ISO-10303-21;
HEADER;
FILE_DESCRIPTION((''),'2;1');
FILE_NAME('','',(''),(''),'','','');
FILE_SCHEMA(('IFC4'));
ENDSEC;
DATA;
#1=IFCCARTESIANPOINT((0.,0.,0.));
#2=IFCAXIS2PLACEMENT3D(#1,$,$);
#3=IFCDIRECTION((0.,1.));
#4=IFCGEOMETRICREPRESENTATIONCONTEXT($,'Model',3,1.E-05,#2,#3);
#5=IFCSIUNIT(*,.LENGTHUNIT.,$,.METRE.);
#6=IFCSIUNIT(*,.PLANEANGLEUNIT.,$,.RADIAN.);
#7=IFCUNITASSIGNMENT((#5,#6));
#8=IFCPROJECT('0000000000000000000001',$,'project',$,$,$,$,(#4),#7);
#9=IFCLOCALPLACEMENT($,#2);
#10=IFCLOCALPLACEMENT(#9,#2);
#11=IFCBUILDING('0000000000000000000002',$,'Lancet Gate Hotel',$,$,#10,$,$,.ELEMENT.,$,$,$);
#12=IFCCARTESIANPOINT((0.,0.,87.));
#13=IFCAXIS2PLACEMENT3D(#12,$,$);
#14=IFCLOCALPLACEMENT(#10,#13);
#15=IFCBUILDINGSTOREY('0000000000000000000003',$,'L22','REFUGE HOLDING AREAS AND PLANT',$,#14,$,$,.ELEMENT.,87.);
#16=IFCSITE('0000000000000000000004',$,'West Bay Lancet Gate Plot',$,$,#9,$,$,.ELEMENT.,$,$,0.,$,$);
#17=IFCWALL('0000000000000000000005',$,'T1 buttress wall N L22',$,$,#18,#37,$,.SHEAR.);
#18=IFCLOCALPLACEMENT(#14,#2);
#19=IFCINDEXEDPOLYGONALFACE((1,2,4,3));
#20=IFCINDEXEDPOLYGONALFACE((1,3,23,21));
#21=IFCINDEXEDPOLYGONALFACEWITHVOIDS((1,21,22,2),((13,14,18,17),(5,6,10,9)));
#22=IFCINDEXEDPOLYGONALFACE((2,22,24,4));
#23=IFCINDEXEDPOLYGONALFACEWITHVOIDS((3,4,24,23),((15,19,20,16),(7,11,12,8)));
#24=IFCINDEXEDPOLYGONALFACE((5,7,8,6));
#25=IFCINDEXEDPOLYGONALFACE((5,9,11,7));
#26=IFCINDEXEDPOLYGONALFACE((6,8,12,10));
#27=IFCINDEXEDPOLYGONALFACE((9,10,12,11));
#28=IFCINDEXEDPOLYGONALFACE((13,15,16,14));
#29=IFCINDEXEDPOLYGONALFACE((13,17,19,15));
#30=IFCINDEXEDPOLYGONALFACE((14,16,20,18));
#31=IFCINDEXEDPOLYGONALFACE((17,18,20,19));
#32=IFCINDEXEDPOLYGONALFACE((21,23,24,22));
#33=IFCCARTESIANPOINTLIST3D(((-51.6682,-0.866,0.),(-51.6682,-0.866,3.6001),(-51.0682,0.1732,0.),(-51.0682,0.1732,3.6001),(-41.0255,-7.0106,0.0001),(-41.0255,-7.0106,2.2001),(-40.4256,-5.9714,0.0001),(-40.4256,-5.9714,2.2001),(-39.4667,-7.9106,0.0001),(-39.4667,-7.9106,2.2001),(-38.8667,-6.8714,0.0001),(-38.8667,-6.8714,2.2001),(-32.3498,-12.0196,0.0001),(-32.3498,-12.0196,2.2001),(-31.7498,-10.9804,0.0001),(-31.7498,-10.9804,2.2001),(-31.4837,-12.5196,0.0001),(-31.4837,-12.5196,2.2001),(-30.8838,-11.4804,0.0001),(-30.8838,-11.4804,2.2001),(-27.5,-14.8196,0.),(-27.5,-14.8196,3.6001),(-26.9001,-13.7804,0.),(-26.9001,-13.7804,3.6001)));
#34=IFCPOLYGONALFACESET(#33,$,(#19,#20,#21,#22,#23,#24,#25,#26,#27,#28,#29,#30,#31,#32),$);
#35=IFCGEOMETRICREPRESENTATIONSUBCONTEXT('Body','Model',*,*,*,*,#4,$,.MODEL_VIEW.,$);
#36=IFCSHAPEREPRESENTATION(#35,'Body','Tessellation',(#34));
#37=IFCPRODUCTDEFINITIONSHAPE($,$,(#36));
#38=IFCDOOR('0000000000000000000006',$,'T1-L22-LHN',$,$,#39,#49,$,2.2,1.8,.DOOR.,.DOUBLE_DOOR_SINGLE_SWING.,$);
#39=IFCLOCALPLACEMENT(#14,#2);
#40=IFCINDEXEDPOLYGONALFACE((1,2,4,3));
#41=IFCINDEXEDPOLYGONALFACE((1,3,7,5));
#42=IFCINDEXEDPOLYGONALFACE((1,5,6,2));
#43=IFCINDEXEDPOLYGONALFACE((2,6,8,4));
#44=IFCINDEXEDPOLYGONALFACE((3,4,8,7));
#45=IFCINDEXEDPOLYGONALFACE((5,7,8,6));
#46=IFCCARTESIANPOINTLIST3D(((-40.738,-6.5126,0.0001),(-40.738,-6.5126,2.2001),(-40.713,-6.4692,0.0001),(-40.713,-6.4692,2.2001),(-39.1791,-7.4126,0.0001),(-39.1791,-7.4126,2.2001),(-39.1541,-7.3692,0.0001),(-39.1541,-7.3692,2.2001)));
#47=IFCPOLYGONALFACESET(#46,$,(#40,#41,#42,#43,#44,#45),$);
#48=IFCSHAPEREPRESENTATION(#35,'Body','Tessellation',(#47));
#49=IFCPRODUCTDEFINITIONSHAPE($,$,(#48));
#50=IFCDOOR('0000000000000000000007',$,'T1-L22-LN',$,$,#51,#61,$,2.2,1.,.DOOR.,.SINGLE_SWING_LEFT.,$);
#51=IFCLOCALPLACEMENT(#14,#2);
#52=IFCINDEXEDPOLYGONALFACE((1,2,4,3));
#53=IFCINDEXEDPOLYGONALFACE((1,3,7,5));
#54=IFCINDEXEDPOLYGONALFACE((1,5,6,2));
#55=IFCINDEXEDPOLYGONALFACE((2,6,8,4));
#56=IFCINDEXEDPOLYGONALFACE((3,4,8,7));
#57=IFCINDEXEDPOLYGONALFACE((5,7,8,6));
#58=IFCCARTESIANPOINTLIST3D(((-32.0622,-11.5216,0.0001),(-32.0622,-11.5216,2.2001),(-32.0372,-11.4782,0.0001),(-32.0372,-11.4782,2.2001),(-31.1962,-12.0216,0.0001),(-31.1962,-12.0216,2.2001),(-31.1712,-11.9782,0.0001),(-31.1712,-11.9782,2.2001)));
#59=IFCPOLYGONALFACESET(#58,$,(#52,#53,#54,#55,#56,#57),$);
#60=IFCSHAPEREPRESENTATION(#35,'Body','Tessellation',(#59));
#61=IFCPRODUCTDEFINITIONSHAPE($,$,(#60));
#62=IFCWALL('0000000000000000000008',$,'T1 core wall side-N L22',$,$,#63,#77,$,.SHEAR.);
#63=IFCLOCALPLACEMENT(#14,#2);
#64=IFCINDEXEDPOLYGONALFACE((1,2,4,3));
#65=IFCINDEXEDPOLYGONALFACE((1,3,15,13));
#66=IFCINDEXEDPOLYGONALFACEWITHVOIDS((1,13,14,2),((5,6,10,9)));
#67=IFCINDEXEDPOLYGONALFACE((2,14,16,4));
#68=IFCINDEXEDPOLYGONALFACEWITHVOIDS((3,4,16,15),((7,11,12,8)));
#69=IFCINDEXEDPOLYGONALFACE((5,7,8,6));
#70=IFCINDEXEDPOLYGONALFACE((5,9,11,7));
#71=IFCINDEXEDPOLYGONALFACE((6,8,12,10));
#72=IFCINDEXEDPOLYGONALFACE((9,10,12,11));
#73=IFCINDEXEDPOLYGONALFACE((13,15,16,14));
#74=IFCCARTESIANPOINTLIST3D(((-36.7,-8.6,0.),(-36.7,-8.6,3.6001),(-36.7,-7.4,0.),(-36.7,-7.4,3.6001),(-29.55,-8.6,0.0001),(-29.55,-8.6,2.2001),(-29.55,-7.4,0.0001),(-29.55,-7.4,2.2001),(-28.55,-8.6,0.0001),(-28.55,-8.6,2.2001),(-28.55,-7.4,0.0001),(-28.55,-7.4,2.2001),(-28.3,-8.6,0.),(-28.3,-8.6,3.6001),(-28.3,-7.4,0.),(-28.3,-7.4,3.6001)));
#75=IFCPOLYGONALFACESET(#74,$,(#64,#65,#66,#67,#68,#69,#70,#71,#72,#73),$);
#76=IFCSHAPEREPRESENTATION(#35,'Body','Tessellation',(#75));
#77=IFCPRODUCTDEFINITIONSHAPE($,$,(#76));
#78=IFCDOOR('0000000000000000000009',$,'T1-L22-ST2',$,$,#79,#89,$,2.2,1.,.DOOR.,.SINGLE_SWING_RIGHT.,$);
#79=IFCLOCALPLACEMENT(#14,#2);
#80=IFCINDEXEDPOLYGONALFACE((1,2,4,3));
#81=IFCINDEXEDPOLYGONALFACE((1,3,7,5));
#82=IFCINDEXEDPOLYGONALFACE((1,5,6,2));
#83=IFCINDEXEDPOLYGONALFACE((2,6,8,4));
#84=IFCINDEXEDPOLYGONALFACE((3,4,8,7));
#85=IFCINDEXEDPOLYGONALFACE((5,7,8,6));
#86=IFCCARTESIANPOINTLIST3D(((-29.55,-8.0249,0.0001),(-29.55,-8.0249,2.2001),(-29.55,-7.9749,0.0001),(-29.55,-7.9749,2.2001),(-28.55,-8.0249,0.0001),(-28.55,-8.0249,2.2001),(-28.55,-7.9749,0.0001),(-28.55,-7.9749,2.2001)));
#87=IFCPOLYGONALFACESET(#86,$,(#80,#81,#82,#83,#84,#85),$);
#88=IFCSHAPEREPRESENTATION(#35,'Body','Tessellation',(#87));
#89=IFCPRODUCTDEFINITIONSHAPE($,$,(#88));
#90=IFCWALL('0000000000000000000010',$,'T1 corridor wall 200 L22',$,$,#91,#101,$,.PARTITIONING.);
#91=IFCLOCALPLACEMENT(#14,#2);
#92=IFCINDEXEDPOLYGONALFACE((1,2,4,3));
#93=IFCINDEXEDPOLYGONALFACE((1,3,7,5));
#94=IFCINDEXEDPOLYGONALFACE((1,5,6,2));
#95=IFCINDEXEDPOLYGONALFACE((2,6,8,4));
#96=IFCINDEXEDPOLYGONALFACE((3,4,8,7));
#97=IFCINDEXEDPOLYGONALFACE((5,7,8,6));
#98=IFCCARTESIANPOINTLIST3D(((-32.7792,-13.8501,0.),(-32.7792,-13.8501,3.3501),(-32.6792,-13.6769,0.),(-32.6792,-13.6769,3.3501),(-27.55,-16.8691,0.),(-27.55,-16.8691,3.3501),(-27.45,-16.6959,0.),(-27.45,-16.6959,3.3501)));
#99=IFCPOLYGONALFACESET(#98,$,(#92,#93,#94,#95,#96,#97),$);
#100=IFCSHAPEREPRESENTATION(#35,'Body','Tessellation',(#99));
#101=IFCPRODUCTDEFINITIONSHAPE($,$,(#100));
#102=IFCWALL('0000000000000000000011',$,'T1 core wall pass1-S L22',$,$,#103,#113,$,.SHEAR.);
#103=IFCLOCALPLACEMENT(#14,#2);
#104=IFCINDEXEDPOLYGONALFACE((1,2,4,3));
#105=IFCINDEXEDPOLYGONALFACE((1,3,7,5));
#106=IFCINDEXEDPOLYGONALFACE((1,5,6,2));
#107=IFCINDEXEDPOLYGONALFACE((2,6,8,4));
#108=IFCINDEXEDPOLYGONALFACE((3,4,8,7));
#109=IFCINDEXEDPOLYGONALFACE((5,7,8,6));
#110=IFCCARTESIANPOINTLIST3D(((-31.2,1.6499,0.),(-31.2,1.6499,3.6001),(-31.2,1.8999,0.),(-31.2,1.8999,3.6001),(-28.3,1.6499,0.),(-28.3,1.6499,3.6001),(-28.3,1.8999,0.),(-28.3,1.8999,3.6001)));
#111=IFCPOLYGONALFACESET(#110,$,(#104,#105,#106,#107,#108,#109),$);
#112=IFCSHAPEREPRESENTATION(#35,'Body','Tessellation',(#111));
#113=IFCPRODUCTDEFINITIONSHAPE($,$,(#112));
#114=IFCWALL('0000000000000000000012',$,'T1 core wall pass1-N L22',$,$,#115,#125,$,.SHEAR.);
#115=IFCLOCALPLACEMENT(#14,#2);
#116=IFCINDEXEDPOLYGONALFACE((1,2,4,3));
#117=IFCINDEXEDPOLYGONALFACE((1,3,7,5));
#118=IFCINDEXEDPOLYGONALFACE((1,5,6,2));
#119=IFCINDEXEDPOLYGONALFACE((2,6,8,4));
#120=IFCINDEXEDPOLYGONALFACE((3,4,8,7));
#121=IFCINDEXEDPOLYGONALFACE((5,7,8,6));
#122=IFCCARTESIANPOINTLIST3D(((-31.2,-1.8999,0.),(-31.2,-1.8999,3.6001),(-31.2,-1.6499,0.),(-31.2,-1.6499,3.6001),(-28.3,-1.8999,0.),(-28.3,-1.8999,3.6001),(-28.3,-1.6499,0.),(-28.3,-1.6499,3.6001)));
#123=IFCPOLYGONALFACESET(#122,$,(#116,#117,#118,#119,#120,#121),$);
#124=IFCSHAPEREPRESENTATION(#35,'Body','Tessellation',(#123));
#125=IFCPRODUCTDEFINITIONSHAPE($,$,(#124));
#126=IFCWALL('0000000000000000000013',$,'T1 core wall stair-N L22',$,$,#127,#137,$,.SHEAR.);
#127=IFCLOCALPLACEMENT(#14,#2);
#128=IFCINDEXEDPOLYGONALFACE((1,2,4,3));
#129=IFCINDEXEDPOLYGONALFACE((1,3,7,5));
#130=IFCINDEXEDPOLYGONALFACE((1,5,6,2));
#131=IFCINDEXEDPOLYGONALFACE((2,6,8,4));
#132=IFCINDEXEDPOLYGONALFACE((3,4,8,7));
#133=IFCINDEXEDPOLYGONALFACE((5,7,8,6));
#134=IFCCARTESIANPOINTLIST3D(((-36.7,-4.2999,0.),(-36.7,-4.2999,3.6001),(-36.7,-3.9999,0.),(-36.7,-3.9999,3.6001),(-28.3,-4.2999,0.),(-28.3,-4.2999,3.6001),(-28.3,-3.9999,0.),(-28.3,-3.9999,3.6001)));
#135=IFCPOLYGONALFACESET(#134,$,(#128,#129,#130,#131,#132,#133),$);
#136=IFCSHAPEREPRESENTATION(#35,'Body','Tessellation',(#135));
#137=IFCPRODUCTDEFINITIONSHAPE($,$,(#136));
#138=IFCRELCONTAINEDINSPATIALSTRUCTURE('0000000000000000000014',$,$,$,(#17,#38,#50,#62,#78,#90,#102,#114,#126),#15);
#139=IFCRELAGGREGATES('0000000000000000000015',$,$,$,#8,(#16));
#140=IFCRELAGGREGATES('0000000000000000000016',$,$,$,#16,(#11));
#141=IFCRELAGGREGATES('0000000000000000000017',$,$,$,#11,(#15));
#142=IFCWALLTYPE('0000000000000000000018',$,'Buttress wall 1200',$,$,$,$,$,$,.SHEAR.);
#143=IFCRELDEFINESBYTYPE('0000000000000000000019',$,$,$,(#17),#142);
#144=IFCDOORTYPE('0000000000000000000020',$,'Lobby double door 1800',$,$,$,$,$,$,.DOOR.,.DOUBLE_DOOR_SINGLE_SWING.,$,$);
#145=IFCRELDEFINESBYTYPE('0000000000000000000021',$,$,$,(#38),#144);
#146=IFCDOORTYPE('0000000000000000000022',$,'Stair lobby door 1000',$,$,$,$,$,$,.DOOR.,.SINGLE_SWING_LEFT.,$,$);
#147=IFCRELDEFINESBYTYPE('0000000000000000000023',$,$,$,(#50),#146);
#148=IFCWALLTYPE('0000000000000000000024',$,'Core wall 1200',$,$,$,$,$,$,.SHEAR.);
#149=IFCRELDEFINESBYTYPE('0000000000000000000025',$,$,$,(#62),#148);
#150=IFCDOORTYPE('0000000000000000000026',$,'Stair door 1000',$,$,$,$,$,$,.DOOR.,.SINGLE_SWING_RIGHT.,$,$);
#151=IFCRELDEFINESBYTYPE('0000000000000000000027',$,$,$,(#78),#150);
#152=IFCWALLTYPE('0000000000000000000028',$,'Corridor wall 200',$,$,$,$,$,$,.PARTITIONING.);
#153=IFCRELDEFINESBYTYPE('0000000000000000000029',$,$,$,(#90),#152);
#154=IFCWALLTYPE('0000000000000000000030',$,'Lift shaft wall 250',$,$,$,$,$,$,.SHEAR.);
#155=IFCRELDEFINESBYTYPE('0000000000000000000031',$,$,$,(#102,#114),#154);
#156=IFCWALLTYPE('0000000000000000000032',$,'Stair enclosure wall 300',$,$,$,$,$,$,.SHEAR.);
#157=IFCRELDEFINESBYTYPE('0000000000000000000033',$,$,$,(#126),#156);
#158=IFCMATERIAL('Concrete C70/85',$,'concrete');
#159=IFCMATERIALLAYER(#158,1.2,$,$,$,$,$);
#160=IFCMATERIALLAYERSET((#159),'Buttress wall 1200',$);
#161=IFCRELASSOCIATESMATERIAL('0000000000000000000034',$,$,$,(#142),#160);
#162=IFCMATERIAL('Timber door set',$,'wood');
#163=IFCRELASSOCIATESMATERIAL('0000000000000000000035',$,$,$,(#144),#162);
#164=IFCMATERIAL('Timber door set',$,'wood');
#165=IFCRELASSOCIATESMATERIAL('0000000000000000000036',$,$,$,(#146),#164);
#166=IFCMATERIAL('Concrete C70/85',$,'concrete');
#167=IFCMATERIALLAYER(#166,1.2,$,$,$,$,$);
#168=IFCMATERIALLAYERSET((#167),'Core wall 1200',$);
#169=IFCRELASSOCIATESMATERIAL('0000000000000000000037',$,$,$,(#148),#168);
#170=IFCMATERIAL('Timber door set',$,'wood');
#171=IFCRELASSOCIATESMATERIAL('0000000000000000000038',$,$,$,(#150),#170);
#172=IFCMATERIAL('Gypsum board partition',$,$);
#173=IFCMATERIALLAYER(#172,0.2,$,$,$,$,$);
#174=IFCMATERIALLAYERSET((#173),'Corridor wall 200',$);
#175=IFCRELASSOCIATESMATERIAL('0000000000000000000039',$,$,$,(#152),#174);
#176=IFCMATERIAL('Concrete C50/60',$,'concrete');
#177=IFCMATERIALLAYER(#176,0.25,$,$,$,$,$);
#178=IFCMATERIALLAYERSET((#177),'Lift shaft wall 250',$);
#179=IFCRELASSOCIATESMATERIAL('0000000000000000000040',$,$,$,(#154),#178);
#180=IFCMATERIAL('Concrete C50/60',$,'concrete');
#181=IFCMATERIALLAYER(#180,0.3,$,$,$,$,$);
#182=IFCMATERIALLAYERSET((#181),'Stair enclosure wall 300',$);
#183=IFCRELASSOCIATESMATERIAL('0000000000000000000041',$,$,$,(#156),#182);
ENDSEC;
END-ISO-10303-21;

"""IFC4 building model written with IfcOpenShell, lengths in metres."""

from ifc_helpers import new_model, si_unit, direction, frame, frame_2d, origin, place, context, subcontext, project, spatial, rectangle, extrude, material, layer, layer_set, type_object, element, fill, save


model = new_model("IFC4")

# Units and contexts
model_context = context("Model", 3, precision=1e-05, world=origin(), true_north=direction((0.0, 1.0)))
body_context = subcontext(model_context, "Body", "Model", "MODEL_VIEW")
ifc_project = project(units=[si_unit("LENGTHUNIT", "METRE"), si_unit("PLANEANGLEUNIT", "RADIAN")], contexts=[model_context])

# Site, building, storey
site_placement = place(None, origin())
site = spatial("IfcSite", under=ifc_project, at=site_placement, Name="West Bay Lancet Gate Plot", CompositionType="ELEMENT", RefElevation=0.0)
building_placement = place(site_placement, origin())
building = spatial("IfcBuilding", under=site, at=building_placement, Name="Lancet Gate Hotel", CompositionType="ELEMENT")
storey_placement = place(building_placement, frame((0.0, 0.0, 87.0)))
storey = spatial("IfcBuildingStorey", under=building, at=storey_placement, Name="L22", Description="REFUGE HOLDING AREAS AND PLANT", CompositionType="ELEMENT", Elevation=87.0)

# Wall, openings, doors
ifc_material_1 = material(Name="Concrete C70/85", Category="concrete")
ifc_layer_1 = layer(ifc_material_1, 1.2)
ifc_layer_set_1 = layer_set([ifc_layer_1], Name="Buttress wall 1200")
wall_type_1 = type_object("IfcWallType", Name="Buttress wall 1200", PredefinedType="SHEAR", material=ifc_layer_set_1)
wall_1_placement = place(storey_placement, frame((-27.2, -14.3, 0.0), z_axis=(0.0, 0.0, 1.0), x_axis=(-0.866024, 0.500002, 0.0)))
wall_1 = element("IfcWall", 1, at=wall_1_placement, inside=storey, type_object=wall_type_1, Name="T1 buttress wall N L22", PredefinedType="SHEAR", context=body_context, shape_type="SweptSolid", body=[
    extrude(rectangle(XDim=27.907, YDim=1.2, at=frame_2d((13.9536, 0.0))), origin(), (0.0, 0.0, 1.0), 3.6001),
])
opening_1_placement = place(wall_1_placement, frame((4.6001, 0.0, 0.0)))
opening_1 = element("IfcOpeningElement", 2, at=opening_1_placement, cuts=wall_1, PredefinedType="OPENING", context=body_context, shape_type="SweptSolid", body=[
    extrude(rectangle(XDim=1.0, YDim=2.2, at=frame_2d((0.5, 1.1001))), frame((0.0, 0.6099, 0.0), z_axis=(0.0, -1.0, 0.0), x_axis=(1.0, 0.0, 0.0)), (0.0, 0.0, 1.0), 1.22),
])
opening_2_placement = place(wall_1_placement, frame((13.8181, 0.0, 0.0)))
opening_2 = element("IfcOpeningElement", 3, at=opening_2_placement, cuts=wall_1, PredefinedType="OPENING", context=body_context, shape_type="SweptSolid", body=[
    extrude(rectangle(XDim=1.8, YDim=2.2, at=frame_2d((0.8999, 1.1001))), frame((0.0, 0.6099, 0.0), z_axis=(0.0, -1.0, 0.0), x_axis=(1.0, 0.0, 0.0)), (0.0, 0.0, 1.0), 1.22),
])
ifc_material_2 = material(Name="Timber door set", Category="wood")
door_type_1 = type_object("IfcDoorType", Name="Lobby double door 1800", OperationType="DOUBLE_DOOR_SINGLE_SWING", PredefinedType="DOOR", material=ifc_material_2)
door_1_placement = place(opening_2_placement, origin())
door_1 = element("IfcDoor", 4, at=door_1_placement, inside=storey, type_object=door_type_1, Name="T1-L22-LHN", OperationType="DOUBLE_DOOR_SINGLE_SWING", OverallHeight=2.2, OverallWidth=1.8, PredefinedType="DOOR", context=body_context, shape_type="SweptSolid", body=[
    extrude(rectangle(XDim=1.8, YDim=2.2, at=frame_2d((0.8999, 1.1001))), frame((0.0, 0.0249, 0.0), z_axis=(0.0, -1.0, 0.0), x_axis=(1.0, 0.0, 0.0)), (0.0, 0.0, 1.0), 0.05),
])
fill(opening_2, door_1)
ifc_material_3 = material(Name="Timber door set", Category="wood")
door_type_2 = type_object("IfcDoorType", Name="Stair lobby door 1000", OperationType="SINGLE_SWING_LEFT", PredefinedType="DOOR", material=ifc_material_3)
door_2_placement = place(opening_1_placement, origin())
door_2 = element("IfcDoor", 5, at=door_2_placement, inside=storey, type_object=door_type_2, Name="T1-L22-LN", OperationType="SINGLE_SWING_LEFT", OverallHeight=2.2, OverallWidth=1.0, PredefinedType="DOOR", context=body_context, shape_type="SweptSolid", body=[
    extrude(rectangle(XDim=1.0, YDim=2.2, at=frame_2d((0.5, 1.1001))), frame((0.0, 0.0249, 0.0), z_axis=(0.0, -1.0, 0.0), x_axis=(1.0, 0.0, 0.0)), (0.0, 0.0, 1.0), 0.05),
])
fill(opening_1, door_2)

# Wall, opening, door
ifc_material_4 = material(Name="Concrete C70/85", Category="concrete")
ifc_layer_2 = layer(ifc_material_4, 1.2)
ifc_layer_set_2 = layer_set([ifc_layer_2], Name="Core wall 1200")
wall_type_2 = type_object("IfcWallType", Name="Core wall 1200", PredefinedType="SHEAR", material=ifc_layer_set_2)
wall_2_placement = place(storey_placement, frame((-28.3, -8.0, 0.0), z_axis=(0.0, 0.0, 1.0), x_axis=(-1.0, 0.0, 0.0)))
wall_2 = element("IfcWall", 6, at=wall_2_placement, inside=storey, type_object=wall_type_2, Name="T1 core wall side-N L22", PredefinedType="SHEAR", context=body_context, shape_type="SweptSolid", body=[
    extrude(rectangle(XDim=8.3999, YDim=1.2, at=frame_2d((4.2, 0.0))), origin(), (0.0, 0.0, 1.0), 3.6001),
])
opening_3_placement = place(wall_2_placement, frame((0.25, 0.0, 0.0)))
opening_3 = element("IfcOpeningElement", 7, at=opening_3_placement, cuts=wall_2, PredefinedType="OPENING", context=body_context, shape_type="SweptSolid", body=[
    extrude(rectangle(XDim=1.0, YDim=2.2, at=frame_2d((0.5, 1.1001))), frame((0.0, 0.6099, 0.0), z_axis=(0.0, -1.0, 0.0), x_axis=(1.0, 0.0, 0.0)), (0.0, 0.0, 1.0), 1.22),
])
ifc_material_5 = material(Name="Timber door set", Category="wood")
door_type_3 = type_object("IfcDoorType", Name="Stair door 1000", OperationType="SINGLE_SWING_RIGHT", PredefinedType="DOOR", material=ifc_material_5)
door_3_placement = place(opening_3_placement, origin())
door_3 = element("IfcDoor", 8, at=door_3_placement, inside=storey, type_object=door_type_3, Name="T1-L22-ST2", OperationType="SINGLE_SWING_RIGHT", OverallHeight=2.2, OverallWidth=1.0, PredefinedType="DOOR", context=body_context, shape_type="SweptSolid", body=[
    extrude(rectangle(XDim=1.0, YDim=2.2, at=frame_2d((0.5, 1.1001))), frame((0.0, 0.0249, 0.0), z_axis=(0.0, -1.0, 0.0), x_axis=(1.0, 0.0, 0.0)), (0.0, 0.0, 1.0), 0.05),
])
fill(opening_3, door_3)

# Walls
ifc_material_6 = material(Name="Gypsum board partition")
ifc_layer_3 = layer(ifc_material_6, 0.2)
ifc_layer_set_3 = layer_set([ifc_layer_3], Name="Corridor wall 200")
wall_type_3 = type_object("IfcWallType", Name="Corridor wall 200", PredefinedType="PARTITIONING", material=ifc_layer_set_3)
wall_3_placement = place(storey_placement, frame((-27.5, -16.7825, 0.0), z_axis=(0.0, 0.0, 1.0), x_axis=(-0.86603, 0.499992, 0.0)))
element("IfcWall", 9, at=wall_3_placement, inside=storey, type_object=wall_type_3, Name="T1 corridor wall 200 L22", PredefinedType="PARTITIONING", context=body_context, shape_type="SweptSolid", body=[
    extrude(rectangle(XDim=6.0381, YDim=0.2, at=frame_2d((3.019, 0.0))), origin(), (0.0, 0.0, 1.0), 3.3501),
])
ifc_material_7 = material(Name="Concrete C50/60", Category="concrete")
ifc_layer_4 = layer(ifc_material_7, 0.25)
ifc_layer_set_4 = layer_set([ifc_layer_4], Name="Lift shaft wall 250")
wall_type_4 = type_object("IfcWallType", Name="Lift shaft wall 250", PredefinedType="SHEAR", material=ifc_layer_set_4)
for number, where, z_axis, x_axis, name in (
    (10, (-28.3, 1.7749, 0.0), (0.0, 0.0, 1.0), (-1.0, 0.0, 0.0), "T1 core wall pass1-S L22"),
    (11, (-28.3, -1.7749, 0.0), (0.0, 0.0, 1.0), (-1.0, 0.0, 0.0), "T1 core wall pass1-N L22"),
):
    element("IfcWall", number, at=place(storey_placement, frame(where, z_axis=z_axis, x_axis=x_axis)), inside=storey, type_object=wall_type_4, Name=name, PredefinedType="SHEAR", context=body_context, shape_type="SweptSolid", body=[
        extrude(rectangle(XDim=2.8999, YDim=0.25, at=frame_2d((1.45, 0.0))), origin(), (0.0, 0.0, 1.0), 3.6001),
    ])
ifc_material_8 = material(Name="Concrete C50/60", Category="concrete")
ifc_layer_5 = layer(ifc_material_8, 0.3)
ifc_layer_set_5 = layer_set([ifc_layer_5], Name="Stair enclosure wall 300")
wall_type_5 = type_object("IfcWallType", Name="Stair enclosure wall 300", PredefinedType="SHEAR", material=ifc_layer_set_5)
wall_4_placement = place(storey_placement, frame((-28.3, -4.1499, 0.0), z_axis=(0.0, 0.0, 1.0), x_axis=(-1.0, 0.0, 0.0)))
element("IfcWall", 12, at=wall_4_placement, inside=storey, type_object=wall_type_5, Name="T1 core wall stair-N L22", PredefinedType="SHEAR", context=body_context, shape_type="SweptSolid", body=[
    extrude(rectangle(XDim=8.3999, YDim=0.3, at=frame_2d((4.2, 0.0))), origin(), (0.0, 0.0, 1.0), 3.6001),
])

save(model, "model.ifc")
